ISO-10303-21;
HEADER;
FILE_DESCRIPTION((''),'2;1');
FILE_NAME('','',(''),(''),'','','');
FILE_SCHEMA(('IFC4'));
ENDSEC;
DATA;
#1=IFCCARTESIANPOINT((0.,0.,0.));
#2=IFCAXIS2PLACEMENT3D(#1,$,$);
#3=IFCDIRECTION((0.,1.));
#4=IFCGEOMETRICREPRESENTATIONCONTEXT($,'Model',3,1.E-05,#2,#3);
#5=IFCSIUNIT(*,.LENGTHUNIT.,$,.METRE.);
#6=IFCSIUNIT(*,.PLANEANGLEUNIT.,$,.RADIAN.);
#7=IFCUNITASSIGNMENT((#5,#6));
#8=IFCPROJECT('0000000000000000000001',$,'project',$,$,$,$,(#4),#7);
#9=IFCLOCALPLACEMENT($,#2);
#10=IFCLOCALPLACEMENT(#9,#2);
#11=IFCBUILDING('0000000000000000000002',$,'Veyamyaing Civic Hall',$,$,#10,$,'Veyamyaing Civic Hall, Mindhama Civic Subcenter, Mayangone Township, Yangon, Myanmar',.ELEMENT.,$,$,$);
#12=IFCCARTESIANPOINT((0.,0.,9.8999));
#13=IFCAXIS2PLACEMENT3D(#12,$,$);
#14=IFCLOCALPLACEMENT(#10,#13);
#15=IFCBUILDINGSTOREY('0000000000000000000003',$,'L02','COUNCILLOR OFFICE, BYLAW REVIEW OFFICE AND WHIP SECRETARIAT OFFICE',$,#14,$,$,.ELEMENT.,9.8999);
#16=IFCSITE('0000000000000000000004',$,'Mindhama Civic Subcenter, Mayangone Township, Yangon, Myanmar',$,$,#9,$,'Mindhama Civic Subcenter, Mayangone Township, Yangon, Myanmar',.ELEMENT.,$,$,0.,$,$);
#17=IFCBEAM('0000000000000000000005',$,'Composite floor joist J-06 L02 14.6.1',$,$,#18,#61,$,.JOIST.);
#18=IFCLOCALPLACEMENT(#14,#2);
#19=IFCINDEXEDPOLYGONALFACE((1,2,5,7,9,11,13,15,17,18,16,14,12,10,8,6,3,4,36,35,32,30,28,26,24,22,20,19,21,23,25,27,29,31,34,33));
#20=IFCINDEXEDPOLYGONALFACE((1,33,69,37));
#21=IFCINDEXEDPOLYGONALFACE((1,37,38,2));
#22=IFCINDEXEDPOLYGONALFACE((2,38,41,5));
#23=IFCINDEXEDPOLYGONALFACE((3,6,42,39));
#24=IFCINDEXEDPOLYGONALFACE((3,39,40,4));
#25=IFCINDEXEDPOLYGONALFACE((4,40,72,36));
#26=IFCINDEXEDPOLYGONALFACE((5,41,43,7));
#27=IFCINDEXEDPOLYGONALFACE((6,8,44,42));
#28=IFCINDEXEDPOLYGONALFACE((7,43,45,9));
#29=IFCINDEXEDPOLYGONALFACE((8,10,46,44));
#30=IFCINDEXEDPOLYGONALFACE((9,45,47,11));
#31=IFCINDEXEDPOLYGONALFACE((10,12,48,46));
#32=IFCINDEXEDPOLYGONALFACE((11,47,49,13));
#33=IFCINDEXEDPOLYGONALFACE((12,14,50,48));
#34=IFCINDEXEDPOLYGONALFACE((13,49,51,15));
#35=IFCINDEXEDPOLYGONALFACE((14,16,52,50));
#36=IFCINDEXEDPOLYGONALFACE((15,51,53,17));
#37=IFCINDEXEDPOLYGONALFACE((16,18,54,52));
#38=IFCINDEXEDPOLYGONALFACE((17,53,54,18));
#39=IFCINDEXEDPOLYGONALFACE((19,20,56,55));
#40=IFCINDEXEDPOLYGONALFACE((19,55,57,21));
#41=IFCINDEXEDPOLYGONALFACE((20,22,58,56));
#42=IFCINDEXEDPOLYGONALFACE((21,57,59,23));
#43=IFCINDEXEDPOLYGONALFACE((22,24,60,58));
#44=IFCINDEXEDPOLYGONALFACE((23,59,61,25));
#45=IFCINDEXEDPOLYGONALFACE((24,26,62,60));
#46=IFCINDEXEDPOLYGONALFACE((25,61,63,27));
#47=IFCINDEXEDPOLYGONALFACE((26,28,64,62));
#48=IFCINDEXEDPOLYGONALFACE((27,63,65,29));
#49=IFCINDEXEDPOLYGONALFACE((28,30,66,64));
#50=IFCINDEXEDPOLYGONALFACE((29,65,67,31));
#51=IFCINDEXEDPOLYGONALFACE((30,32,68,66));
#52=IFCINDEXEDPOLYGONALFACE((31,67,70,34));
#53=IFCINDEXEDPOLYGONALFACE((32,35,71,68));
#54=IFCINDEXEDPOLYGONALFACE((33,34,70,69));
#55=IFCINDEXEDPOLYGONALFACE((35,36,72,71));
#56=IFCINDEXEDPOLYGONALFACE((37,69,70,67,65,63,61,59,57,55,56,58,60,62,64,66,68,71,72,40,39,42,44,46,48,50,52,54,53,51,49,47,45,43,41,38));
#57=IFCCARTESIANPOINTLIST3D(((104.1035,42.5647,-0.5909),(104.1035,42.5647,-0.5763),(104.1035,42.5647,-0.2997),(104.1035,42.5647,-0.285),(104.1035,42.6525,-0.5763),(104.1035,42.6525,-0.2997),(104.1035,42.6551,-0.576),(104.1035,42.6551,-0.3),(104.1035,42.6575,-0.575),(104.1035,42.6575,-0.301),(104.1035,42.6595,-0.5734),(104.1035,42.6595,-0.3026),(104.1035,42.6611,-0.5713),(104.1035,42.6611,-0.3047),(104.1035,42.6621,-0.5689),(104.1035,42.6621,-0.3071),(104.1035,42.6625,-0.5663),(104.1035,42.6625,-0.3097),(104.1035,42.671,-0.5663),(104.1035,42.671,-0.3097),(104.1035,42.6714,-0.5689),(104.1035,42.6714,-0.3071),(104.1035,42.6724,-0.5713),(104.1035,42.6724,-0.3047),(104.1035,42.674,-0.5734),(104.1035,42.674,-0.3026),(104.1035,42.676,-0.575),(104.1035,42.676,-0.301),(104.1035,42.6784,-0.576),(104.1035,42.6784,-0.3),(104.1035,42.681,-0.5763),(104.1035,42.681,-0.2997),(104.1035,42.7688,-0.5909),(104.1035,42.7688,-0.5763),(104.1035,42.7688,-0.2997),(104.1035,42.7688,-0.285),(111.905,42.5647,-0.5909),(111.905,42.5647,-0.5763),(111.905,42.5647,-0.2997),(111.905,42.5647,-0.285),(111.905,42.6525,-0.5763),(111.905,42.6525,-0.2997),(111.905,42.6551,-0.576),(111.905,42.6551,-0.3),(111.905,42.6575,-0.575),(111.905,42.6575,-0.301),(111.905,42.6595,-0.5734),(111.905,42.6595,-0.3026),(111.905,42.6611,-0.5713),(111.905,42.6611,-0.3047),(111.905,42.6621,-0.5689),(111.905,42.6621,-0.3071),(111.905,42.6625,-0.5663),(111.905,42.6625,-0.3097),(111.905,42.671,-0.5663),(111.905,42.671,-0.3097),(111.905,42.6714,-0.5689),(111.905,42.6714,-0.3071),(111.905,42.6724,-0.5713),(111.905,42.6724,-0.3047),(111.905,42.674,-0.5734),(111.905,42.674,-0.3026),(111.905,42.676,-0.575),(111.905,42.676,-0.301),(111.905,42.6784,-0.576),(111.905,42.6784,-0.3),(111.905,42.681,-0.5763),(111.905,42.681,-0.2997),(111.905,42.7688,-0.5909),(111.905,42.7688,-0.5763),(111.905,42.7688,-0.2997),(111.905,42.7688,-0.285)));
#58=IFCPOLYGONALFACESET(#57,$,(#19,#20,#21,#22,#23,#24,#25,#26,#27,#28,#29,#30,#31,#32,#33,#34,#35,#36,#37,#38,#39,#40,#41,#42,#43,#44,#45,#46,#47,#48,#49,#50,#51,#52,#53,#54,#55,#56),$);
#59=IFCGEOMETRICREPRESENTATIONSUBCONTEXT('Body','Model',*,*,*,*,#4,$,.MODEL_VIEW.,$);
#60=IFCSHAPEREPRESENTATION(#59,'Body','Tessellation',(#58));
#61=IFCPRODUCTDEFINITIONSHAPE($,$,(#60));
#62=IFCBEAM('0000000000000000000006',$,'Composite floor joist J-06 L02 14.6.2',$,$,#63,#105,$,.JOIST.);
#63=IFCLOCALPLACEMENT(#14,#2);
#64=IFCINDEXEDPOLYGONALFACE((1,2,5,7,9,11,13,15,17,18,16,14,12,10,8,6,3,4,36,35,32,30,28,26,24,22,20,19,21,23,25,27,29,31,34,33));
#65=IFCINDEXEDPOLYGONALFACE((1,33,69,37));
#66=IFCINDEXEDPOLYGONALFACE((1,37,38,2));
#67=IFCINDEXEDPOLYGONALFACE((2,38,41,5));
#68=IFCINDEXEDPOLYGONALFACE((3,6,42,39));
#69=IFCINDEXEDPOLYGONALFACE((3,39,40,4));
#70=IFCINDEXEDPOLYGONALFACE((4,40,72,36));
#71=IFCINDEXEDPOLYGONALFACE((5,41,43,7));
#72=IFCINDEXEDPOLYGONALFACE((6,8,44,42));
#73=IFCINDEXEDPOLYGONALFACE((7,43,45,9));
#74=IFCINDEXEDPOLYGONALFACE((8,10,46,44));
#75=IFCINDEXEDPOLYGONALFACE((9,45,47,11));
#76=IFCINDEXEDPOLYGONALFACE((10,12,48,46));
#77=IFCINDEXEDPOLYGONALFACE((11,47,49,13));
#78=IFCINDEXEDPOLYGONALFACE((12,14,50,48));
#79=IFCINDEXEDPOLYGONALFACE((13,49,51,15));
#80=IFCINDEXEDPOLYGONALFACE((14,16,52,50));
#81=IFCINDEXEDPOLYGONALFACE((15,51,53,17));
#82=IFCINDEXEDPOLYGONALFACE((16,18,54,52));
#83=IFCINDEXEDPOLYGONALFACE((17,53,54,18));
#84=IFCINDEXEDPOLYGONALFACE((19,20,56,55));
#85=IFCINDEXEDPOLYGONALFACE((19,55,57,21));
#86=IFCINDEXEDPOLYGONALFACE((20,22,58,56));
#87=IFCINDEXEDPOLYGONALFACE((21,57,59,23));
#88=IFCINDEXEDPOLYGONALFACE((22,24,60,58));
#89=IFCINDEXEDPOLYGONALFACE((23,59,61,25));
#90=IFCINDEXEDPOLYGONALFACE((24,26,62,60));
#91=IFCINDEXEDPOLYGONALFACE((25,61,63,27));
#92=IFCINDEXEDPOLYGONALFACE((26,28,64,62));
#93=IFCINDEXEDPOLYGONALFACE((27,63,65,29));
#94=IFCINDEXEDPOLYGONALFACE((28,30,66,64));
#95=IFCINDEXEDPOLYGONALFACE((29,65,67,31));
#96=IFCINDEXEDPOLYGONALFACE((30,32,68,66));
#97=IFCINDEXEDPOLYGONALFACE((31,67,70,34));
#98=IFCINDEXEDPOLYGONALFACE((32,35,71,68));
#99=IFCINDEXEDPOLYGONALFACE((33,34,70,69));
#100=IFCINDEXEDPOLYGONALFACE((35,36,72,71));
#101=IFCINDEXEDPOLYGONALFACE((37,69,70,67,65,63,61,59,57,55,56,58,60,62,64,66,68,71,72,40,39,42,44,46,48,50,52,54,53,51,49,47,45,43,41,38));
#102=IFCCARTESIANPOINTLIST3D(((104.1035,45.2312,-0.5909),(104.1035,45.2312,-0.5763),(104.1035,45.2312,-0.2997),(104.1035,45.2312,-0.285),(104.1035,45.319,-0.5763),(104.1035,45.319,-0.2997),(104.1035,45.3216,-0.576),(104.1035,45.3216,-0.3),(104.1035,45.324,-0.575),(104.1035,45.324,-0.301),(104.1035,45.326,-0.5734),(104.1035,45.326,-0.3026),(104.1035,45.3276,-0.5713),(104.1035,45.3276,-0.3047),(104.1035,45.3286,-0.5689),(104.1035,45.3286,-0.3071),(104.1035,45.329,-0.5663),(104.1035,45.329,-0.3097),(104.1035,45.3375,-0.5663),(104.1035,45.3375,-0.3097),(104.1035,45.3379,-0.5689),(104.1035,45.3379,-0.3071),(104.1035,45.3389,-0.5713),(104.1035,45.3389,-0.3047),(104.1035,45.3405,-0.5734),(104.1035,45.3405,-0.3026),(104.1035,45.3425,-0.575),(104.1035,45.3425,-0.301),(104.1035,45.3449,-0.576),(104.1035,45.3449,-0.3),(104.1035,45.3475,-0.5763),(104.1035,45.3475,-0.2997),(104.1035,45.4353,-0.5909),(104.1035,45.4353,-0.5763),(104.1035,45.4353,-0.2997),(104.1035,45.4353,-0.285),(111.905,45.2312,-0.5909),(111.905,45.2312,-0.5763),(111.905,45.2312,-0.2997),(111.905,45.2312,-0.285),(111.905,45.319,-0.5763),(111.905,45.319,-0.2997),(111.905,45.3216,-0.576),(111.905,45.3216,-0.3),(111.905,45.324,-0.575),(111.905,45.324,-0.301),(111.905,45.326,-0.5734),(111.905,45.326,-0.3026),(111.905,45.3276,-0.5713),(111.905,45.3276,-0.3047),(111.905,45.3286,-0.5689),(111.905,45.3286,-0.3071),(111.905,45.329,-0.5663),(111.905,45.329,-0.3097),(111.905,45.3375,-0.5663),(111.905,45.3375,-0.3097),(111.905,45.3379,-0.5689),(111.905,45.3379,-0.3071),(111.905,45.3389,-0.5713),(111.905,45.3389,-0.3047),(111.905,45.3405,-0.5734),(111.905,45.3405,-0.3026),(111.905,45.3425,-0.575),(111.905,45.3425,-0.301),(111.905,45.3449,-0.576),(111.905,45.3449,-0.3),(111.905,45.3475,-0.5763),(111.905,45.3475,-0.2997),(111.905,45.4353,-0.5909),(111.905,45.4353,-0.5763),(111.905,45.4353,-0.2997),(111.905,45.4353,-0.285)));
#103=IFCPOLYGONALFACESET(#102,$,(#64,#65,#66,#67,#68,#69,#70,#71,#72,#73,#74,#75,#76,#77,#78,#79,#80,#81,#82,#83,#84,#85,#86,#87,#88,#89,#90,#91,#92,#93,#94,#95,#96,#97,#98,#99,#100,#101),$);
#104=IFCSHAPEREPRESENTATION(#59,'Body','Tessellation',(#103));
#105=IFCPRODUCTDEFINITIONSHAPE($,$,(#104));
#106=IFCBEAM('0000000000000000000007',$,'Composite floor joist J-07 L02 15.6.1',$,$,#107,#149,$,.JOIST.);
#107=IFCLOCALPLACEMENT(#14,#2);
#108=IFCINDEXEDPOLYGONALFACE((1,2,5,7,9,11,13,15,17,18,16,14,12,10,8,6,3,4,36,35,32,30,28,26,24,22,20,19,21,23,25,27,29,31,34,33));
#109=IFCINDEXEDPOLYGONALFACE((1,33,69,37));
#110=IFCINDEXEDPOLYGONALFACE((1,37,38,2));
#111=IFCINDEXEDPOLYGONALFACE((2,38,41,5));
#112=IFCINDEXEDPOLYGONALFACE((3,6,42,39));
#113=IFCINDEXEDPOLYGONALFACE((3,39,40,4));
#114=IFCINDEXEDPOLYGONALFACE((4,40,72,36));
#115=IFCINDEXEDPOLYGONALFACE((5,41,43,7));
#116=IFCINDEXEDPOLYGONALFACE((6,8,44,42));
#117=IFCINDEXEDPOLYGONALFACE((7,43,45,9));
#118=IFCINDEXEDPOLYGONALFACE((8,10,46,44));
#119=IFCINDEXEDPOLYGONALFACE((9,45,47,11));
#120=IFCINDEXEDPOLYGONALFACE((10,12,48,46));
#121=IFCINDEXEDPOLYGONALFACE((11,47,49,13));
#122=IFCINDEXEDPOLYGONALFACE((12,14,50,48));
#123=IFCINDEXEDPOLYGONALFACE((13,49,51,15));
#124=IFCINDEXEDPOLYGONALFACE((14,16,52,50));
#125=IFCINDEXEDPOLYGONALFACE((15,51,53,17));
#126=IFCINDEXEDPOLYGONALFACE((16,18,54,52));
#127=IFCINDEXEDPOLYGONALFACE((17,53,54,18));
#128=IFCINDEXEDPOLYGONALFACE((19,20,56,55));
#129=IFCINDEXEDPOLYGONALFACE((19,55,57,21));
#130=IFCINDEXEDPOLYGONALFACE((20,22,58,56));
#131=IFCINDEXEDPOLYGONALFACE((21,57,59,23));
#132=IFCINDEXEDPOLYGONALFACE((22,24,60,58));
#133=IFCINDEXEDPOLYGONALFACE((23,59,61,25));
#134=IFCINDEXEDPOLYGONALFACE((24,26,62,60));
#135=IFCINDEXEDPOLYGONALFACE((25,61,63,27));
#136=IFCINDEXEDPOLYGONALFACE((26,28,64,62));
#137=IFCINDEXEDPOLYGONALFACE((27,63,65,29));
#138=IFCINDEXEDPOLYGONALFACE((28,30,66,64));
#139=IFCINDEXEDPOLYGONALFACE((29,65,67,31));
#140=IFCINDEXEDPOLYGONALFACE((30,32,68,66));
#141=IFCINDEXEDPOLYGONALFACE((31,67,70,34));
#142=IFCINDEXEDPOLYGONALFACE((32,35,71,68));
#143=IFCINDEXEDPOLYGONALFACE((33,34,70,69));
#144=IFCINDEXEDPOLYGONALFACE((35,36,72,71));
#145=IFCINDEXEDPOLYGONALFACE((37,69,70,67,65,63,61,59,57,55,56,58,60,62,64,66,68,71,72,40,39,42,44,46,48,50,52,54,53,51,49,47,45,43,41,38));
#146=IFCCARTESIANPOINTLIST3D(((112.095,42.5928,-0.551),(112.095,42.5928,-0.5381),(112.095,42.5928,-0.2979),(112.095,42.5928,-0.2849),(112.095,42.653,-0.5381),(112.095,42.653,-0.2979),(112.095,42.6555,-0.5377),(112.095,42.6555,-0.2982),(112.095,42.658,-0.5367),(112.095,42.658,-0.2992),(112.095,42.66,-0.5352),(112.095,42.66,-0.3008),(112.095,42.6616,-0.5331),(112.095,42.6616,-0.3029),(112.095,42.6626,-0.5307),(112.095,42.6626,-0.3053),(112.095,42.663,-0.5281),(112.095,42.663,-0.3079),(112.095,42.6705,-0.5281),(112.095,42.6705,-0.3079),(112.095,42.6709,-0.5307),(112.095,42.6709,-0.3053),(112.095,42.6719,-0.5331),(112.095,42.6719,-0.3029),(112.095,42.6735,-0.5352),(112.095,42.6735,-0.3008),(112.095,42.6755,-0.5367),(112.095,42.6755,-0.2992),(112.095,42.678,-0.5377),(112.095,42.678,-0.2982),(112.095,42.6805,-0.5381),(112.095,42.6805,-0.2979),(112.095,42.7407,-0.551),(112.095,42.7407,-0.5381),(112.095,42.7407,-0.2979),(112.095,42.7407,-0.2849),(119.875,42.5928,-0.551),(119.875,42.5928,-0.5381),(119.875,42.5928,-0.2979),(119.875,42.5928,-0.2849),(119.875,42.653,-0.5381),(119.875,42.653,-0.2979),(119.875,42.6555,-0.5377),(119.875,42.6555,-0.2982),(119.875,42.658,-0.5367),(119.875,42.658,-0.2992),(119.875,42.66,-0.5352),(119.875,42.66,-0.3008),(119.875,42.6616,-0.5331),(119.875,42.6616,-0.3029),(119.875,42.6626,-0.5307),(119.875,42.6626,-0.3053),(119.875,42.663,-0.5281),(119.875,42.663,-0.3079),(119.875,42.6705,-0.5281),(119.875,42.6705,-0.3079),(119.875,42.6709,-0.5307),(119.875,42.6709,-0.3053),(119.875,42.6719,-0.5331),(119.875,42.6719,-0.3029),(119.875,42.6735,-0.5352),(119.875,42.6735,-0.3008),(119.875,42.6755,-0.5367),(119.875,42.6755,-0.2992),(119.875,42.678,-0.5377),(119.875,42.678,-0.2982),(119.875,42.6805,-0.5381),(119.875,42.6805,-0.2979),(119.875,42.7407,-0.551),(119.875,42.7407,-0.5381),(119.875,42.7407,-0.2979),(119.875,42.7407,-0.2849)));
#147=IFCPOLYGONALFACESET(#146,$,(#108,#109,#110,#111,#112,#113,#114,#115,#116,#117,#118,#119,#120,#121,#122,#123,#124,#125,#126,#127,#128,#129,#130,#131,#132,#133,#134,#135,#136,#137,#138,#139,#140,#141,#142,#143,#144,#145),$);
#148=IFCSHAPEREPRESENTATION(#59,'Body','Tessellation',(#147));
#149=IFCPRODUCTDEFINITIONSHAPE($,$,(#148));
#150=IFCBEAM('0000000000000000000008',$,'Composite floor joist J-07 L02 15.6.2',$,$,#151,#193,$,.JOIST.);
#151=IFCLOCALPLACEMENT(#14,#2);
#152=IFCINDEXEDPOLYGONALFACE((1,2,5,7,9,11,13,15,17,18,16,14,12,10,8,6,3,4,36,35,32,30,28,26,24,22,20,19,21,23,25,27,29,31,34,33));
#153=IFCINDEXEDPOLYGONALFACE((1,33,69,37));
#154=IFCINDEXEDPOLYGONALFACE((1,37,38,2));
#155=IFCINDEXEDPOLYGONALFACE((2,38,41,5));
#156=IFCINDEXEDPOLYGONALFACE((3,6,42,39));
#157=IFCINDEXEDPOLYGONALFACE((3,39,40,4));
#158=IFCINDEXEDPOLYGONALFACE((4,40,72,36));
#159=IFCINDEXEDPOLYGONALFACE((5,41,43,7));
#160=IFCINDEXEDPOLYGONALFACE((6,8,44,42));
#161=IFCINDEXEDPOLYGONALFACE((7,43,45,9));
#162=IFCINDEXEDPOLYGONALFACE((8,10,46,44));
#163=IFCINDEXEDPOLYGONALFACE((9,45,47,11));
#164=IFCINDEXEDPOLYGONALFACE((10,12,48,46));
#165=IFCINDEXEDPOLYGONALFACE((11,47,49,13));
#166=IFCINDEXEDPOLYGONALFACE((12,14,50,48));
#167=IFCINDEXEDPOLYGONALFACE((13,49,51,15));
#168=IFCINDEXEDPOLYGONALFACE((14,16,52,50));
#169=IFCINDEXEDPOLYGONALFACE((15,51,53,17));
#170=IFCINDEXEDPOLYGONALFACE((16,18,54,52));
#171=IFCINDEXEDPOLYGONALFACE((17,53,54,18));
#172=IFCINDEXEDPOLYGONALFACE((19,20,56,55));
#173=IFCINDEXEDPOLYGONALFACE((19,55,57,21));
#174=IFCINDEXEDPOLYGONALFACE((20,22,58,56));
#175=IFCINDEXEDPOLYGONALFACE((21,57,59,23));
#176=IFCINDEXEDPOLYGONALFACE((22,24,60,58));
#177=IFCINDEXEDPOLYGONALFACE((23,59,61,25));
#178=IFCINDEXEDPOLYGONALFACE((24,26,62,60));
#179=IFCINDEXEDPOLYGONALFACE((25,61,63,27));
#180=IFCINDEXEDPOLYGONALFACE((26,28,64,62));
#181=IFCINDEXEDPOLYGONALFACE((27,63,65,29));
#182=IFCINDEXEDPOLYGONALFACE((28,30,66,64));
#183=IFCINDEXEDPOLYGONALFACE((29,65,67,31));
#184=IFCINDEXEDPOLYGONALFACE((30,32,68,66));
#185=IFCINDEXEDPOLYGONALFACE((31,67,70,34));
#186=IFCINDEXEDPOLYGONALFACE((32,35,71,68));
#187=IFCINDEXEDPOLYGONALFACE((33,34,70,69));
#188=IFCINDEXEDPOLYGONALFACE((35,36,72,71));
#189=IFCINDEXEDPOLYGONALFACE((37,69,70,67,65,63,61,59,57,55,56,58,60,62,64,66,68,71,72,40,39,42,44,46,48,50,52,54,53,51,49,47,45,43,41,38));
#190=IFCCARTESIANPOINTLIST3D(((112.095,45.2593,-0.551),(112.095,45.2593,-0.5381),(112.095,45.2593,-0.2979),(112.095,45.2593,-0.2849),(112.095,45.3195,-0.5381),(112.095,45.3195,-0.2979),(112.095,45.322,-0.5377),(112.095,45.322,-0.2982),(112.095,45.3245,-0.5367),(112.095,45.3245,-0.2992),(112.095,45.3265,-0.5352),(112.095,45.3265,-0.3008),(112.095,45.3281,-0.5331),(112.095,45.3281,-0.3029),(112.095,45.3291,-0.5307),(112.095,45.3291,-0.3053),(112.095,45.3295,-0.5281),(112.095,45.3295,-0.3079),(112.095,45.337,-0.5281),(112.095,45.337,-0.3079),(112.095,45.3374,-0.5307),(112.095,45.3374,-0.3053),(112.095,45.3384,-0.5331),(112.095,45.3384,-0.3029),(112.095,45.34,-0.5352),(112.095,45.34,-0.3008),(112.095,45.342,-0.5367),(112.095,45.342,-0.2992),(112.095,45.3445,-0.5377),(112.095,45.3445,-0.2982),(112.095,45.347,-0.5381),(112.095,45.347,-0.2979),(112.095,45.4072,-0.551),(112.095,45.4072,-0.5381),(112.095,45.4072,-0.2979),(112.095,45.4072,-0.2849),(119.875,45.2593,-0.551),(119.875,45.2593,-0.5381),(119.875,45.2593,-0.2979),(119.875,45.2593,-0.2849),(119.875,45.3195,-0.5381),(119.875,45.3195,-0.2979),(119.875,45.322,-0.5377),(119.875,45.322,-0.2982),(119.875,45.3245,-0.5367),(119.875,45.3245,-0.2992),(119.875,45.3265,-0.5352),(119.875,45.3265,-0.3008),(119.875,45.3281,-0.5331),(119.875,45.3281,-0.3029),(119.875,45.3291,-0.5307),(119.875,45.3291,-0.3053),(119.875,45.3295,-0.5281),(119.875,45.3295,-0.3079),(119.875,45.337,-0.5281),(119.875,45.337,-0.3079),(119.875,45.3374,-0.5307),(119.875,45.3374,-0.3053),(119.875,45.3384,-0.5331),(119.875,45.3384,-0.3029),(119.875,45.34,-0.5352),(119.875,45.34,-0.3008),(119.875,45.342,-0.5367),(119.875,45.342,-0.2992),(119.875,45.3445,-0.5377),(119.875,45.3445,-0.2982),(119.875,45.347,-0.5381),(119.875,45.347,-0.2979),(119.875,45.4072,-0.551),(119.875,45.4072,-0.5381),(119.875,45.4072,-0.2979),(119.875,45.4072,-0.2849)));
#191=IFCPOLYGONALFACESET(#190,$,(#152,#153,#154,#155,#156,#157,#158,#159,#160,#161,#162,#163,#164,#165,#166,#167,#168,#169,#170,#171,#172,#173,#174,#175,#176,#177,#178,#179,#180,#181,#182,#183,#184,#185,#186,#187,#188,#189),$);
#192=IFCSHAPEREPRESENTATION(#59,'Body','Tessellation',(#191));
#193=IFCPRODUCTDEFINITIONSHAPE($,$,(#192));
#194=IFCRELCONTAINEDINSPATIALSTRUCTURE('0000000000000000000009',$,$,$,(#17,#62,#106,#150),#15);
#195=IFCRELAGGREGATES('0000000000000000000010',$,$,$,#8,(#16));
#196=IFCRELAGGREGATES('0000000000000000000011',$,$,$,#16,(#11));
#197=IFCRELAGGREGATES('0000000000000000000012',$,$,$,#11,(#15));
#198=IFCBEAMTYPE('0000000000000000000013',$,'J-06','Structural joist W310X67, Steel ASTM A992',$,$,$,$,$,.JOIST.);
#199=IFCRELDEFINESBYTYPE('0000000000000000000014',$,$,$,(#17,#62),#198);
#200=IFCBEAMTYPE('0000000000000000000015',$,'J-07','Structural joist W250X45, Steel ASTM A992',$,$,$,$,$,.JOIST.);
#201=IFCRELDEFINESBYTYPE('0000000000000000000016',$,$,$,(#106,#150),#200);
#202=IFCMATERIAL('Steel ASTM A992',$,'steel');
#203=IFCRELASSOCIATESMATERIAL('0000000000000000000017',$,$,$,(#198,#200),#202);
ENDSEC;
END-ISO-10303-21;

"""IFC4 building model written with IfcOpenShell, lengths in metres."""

from ifc_helpers import new_model, si_unit, direction, frame, origin, origin_2d, place, context, subcontext, project, spatial, i_section, extrude, material, material_profile, profile_set, type_object, element, save


model = new_model("IFC4")

# Units and contexts
model_context = context("Model", 3, precision=1e-05, world=origin(), true_north=direction((0.0, 1.0)))
body_context = subcontext(model_context, "Body", "Model", "MODEL_VIEW")
ifc_project = project(units=[si_unit("LENGTHUNIT", "METRE"), si_unit("PLANEANGLEUNIT", "RADIAN")], contexts=[model_context])

# Site, building, storey
site_placement = place(None, origin())
site = spatial("IfcSite", under=ifc_project, at=site_placement, Name="Mindhama Civic Subcenter, Mayangone Township, Yangon, Myanmar", LongName="Mindhama Civic Subcenter, Mayangone Township, Yangon, Myanmar", CompositionType="ELEMENT", RefElevation=0.0)
building_placement = place(site_placement, origin())
building = spatial("IfcBuilding", under=site, at=building_placement, Name="Veyamyaing Civic Hall", LongName="Veyamyaing Civic Hall, Mindhama Civic Subcenter, Mayangone Township, Yangon, Myanmar", CompositionType="ELEMENT")
storey_placement = place(building_placement, frame((0.0, 0.0, 9.8999)))
storey = spatial("IfcBuildingStorey", under=building, at=storey_placement, Name="L02", Description="COUNCILLOR OFFICE, BYLAW REVIEW OFFICE AND WHIP SECRETARIAT OFFICE", CompositionType="ELEMENT", Elevation=9.8999)

# Shared definitions
ifc_material_1 = material(Name="Steel ASTM A992", Category="steel")

# Beams
ifc_material_profile_1 = material_profile(ifc_material_1, i_section(OverallWidth=0.2041, OverallDepth=0.3059, WebThickness=0.0085, FlangeThickness=0.0146, FilletRadius=0.01, at=origin_2d()), Name="W310X67")
ifc_profile_set_1 = profile_set([ifc_material_profile_1], Name="Steel ASTM A992")
beam_type_1 = type_object("IfcBeamType", Name="J-06", Description="Structural joist W310X67, Steel ASTM A992", PredefinedType="JOIST", material=ifc_profile_set_1)
for number, where, z_axis, x_axis, name in (
    (1, (104.1035, 42.6667, -0.438), (1.0, 0.0, 0.0), (0.0, 1.0, 0.0), "Composite floor joist J-06 L02 14.6.1"),
    (2, (104.1035, 45.3333, -0.438), (1.0, 0.0, 0.0), (0.0, 1.0, 0.0), "Composite floor joist J-06 L02 14.6.2"),
):
    element("IfcBeam", number, at=place(storey_placement, frame(where, z_axis=z_axis, x_axis=x_axis)), inside=storey, type_object=beam_type_1, Name=name, PredefinedType="JOIST", context=body_context, shape_type="SweptSolid", body=[
        extrude(i_section(OverallWidth=0.2041, OverallDepth=0.3059, WebThickness=0.0085, FlangeThickness=0.0146, FilletRadius=0.01, at=origin_2d()), origin(), (0.0, 0.0, 1.0), 7.8015),
    ])
ifc_material_profile_2 = material_profile(ifc_material_1, i_section(OverallWidth=0.1479, OverallDepth=0.2661, WebThickness=0.0076, FlangeThickness=0.0129, FilletRadius=0.01, at=origin_2d()), Name="W250X45")
ifc_profile_set_2 = profile_set([ifc_material_profile_2], Name="Steel ASTM A992")
beam_type_2 = type_object("IfcBeamType", Name="J-07", Description="Structural joist W250X45, Steel ASTM A992", PredefinedType="JOIST", material=ifc_profile_set_2)
for number, where, z_axis, x_axis, name in (
    (3, (112.095, 42.6667, -0.418), (1.0, 0.0, 0.0), (0.0, 1.0, 0.0), "Composite floor joist J-07 L02 15.6.1"),
    (4, (112.095, 45.3333, -0.418), (1.0, 0.0, 0.0), (0.0, 1.0, 0.0), "Composite floor joist J-07 L02 15.6.2"),
):
    element("IfcBeam", number, at=place(storey_placement, frame(where, z_axis=z_axis, x_axis=x_axis)), inside=storey, type_object=beam_type_2, Name=name, PredefinedType="JOIST", context=body_context, shape_type="SweptSolid", body=[
        extrude(i_section(OverallWidth=0.1479, OverallDepth=0.2661, WebThickness=0.0076, FlangeThickness=0.0129, FilletRadius=0.01, at=origin_2d()), origin(), (0.0, 0.0, 1.0), 7.78),
    ])

save(model, "model.ifc")
